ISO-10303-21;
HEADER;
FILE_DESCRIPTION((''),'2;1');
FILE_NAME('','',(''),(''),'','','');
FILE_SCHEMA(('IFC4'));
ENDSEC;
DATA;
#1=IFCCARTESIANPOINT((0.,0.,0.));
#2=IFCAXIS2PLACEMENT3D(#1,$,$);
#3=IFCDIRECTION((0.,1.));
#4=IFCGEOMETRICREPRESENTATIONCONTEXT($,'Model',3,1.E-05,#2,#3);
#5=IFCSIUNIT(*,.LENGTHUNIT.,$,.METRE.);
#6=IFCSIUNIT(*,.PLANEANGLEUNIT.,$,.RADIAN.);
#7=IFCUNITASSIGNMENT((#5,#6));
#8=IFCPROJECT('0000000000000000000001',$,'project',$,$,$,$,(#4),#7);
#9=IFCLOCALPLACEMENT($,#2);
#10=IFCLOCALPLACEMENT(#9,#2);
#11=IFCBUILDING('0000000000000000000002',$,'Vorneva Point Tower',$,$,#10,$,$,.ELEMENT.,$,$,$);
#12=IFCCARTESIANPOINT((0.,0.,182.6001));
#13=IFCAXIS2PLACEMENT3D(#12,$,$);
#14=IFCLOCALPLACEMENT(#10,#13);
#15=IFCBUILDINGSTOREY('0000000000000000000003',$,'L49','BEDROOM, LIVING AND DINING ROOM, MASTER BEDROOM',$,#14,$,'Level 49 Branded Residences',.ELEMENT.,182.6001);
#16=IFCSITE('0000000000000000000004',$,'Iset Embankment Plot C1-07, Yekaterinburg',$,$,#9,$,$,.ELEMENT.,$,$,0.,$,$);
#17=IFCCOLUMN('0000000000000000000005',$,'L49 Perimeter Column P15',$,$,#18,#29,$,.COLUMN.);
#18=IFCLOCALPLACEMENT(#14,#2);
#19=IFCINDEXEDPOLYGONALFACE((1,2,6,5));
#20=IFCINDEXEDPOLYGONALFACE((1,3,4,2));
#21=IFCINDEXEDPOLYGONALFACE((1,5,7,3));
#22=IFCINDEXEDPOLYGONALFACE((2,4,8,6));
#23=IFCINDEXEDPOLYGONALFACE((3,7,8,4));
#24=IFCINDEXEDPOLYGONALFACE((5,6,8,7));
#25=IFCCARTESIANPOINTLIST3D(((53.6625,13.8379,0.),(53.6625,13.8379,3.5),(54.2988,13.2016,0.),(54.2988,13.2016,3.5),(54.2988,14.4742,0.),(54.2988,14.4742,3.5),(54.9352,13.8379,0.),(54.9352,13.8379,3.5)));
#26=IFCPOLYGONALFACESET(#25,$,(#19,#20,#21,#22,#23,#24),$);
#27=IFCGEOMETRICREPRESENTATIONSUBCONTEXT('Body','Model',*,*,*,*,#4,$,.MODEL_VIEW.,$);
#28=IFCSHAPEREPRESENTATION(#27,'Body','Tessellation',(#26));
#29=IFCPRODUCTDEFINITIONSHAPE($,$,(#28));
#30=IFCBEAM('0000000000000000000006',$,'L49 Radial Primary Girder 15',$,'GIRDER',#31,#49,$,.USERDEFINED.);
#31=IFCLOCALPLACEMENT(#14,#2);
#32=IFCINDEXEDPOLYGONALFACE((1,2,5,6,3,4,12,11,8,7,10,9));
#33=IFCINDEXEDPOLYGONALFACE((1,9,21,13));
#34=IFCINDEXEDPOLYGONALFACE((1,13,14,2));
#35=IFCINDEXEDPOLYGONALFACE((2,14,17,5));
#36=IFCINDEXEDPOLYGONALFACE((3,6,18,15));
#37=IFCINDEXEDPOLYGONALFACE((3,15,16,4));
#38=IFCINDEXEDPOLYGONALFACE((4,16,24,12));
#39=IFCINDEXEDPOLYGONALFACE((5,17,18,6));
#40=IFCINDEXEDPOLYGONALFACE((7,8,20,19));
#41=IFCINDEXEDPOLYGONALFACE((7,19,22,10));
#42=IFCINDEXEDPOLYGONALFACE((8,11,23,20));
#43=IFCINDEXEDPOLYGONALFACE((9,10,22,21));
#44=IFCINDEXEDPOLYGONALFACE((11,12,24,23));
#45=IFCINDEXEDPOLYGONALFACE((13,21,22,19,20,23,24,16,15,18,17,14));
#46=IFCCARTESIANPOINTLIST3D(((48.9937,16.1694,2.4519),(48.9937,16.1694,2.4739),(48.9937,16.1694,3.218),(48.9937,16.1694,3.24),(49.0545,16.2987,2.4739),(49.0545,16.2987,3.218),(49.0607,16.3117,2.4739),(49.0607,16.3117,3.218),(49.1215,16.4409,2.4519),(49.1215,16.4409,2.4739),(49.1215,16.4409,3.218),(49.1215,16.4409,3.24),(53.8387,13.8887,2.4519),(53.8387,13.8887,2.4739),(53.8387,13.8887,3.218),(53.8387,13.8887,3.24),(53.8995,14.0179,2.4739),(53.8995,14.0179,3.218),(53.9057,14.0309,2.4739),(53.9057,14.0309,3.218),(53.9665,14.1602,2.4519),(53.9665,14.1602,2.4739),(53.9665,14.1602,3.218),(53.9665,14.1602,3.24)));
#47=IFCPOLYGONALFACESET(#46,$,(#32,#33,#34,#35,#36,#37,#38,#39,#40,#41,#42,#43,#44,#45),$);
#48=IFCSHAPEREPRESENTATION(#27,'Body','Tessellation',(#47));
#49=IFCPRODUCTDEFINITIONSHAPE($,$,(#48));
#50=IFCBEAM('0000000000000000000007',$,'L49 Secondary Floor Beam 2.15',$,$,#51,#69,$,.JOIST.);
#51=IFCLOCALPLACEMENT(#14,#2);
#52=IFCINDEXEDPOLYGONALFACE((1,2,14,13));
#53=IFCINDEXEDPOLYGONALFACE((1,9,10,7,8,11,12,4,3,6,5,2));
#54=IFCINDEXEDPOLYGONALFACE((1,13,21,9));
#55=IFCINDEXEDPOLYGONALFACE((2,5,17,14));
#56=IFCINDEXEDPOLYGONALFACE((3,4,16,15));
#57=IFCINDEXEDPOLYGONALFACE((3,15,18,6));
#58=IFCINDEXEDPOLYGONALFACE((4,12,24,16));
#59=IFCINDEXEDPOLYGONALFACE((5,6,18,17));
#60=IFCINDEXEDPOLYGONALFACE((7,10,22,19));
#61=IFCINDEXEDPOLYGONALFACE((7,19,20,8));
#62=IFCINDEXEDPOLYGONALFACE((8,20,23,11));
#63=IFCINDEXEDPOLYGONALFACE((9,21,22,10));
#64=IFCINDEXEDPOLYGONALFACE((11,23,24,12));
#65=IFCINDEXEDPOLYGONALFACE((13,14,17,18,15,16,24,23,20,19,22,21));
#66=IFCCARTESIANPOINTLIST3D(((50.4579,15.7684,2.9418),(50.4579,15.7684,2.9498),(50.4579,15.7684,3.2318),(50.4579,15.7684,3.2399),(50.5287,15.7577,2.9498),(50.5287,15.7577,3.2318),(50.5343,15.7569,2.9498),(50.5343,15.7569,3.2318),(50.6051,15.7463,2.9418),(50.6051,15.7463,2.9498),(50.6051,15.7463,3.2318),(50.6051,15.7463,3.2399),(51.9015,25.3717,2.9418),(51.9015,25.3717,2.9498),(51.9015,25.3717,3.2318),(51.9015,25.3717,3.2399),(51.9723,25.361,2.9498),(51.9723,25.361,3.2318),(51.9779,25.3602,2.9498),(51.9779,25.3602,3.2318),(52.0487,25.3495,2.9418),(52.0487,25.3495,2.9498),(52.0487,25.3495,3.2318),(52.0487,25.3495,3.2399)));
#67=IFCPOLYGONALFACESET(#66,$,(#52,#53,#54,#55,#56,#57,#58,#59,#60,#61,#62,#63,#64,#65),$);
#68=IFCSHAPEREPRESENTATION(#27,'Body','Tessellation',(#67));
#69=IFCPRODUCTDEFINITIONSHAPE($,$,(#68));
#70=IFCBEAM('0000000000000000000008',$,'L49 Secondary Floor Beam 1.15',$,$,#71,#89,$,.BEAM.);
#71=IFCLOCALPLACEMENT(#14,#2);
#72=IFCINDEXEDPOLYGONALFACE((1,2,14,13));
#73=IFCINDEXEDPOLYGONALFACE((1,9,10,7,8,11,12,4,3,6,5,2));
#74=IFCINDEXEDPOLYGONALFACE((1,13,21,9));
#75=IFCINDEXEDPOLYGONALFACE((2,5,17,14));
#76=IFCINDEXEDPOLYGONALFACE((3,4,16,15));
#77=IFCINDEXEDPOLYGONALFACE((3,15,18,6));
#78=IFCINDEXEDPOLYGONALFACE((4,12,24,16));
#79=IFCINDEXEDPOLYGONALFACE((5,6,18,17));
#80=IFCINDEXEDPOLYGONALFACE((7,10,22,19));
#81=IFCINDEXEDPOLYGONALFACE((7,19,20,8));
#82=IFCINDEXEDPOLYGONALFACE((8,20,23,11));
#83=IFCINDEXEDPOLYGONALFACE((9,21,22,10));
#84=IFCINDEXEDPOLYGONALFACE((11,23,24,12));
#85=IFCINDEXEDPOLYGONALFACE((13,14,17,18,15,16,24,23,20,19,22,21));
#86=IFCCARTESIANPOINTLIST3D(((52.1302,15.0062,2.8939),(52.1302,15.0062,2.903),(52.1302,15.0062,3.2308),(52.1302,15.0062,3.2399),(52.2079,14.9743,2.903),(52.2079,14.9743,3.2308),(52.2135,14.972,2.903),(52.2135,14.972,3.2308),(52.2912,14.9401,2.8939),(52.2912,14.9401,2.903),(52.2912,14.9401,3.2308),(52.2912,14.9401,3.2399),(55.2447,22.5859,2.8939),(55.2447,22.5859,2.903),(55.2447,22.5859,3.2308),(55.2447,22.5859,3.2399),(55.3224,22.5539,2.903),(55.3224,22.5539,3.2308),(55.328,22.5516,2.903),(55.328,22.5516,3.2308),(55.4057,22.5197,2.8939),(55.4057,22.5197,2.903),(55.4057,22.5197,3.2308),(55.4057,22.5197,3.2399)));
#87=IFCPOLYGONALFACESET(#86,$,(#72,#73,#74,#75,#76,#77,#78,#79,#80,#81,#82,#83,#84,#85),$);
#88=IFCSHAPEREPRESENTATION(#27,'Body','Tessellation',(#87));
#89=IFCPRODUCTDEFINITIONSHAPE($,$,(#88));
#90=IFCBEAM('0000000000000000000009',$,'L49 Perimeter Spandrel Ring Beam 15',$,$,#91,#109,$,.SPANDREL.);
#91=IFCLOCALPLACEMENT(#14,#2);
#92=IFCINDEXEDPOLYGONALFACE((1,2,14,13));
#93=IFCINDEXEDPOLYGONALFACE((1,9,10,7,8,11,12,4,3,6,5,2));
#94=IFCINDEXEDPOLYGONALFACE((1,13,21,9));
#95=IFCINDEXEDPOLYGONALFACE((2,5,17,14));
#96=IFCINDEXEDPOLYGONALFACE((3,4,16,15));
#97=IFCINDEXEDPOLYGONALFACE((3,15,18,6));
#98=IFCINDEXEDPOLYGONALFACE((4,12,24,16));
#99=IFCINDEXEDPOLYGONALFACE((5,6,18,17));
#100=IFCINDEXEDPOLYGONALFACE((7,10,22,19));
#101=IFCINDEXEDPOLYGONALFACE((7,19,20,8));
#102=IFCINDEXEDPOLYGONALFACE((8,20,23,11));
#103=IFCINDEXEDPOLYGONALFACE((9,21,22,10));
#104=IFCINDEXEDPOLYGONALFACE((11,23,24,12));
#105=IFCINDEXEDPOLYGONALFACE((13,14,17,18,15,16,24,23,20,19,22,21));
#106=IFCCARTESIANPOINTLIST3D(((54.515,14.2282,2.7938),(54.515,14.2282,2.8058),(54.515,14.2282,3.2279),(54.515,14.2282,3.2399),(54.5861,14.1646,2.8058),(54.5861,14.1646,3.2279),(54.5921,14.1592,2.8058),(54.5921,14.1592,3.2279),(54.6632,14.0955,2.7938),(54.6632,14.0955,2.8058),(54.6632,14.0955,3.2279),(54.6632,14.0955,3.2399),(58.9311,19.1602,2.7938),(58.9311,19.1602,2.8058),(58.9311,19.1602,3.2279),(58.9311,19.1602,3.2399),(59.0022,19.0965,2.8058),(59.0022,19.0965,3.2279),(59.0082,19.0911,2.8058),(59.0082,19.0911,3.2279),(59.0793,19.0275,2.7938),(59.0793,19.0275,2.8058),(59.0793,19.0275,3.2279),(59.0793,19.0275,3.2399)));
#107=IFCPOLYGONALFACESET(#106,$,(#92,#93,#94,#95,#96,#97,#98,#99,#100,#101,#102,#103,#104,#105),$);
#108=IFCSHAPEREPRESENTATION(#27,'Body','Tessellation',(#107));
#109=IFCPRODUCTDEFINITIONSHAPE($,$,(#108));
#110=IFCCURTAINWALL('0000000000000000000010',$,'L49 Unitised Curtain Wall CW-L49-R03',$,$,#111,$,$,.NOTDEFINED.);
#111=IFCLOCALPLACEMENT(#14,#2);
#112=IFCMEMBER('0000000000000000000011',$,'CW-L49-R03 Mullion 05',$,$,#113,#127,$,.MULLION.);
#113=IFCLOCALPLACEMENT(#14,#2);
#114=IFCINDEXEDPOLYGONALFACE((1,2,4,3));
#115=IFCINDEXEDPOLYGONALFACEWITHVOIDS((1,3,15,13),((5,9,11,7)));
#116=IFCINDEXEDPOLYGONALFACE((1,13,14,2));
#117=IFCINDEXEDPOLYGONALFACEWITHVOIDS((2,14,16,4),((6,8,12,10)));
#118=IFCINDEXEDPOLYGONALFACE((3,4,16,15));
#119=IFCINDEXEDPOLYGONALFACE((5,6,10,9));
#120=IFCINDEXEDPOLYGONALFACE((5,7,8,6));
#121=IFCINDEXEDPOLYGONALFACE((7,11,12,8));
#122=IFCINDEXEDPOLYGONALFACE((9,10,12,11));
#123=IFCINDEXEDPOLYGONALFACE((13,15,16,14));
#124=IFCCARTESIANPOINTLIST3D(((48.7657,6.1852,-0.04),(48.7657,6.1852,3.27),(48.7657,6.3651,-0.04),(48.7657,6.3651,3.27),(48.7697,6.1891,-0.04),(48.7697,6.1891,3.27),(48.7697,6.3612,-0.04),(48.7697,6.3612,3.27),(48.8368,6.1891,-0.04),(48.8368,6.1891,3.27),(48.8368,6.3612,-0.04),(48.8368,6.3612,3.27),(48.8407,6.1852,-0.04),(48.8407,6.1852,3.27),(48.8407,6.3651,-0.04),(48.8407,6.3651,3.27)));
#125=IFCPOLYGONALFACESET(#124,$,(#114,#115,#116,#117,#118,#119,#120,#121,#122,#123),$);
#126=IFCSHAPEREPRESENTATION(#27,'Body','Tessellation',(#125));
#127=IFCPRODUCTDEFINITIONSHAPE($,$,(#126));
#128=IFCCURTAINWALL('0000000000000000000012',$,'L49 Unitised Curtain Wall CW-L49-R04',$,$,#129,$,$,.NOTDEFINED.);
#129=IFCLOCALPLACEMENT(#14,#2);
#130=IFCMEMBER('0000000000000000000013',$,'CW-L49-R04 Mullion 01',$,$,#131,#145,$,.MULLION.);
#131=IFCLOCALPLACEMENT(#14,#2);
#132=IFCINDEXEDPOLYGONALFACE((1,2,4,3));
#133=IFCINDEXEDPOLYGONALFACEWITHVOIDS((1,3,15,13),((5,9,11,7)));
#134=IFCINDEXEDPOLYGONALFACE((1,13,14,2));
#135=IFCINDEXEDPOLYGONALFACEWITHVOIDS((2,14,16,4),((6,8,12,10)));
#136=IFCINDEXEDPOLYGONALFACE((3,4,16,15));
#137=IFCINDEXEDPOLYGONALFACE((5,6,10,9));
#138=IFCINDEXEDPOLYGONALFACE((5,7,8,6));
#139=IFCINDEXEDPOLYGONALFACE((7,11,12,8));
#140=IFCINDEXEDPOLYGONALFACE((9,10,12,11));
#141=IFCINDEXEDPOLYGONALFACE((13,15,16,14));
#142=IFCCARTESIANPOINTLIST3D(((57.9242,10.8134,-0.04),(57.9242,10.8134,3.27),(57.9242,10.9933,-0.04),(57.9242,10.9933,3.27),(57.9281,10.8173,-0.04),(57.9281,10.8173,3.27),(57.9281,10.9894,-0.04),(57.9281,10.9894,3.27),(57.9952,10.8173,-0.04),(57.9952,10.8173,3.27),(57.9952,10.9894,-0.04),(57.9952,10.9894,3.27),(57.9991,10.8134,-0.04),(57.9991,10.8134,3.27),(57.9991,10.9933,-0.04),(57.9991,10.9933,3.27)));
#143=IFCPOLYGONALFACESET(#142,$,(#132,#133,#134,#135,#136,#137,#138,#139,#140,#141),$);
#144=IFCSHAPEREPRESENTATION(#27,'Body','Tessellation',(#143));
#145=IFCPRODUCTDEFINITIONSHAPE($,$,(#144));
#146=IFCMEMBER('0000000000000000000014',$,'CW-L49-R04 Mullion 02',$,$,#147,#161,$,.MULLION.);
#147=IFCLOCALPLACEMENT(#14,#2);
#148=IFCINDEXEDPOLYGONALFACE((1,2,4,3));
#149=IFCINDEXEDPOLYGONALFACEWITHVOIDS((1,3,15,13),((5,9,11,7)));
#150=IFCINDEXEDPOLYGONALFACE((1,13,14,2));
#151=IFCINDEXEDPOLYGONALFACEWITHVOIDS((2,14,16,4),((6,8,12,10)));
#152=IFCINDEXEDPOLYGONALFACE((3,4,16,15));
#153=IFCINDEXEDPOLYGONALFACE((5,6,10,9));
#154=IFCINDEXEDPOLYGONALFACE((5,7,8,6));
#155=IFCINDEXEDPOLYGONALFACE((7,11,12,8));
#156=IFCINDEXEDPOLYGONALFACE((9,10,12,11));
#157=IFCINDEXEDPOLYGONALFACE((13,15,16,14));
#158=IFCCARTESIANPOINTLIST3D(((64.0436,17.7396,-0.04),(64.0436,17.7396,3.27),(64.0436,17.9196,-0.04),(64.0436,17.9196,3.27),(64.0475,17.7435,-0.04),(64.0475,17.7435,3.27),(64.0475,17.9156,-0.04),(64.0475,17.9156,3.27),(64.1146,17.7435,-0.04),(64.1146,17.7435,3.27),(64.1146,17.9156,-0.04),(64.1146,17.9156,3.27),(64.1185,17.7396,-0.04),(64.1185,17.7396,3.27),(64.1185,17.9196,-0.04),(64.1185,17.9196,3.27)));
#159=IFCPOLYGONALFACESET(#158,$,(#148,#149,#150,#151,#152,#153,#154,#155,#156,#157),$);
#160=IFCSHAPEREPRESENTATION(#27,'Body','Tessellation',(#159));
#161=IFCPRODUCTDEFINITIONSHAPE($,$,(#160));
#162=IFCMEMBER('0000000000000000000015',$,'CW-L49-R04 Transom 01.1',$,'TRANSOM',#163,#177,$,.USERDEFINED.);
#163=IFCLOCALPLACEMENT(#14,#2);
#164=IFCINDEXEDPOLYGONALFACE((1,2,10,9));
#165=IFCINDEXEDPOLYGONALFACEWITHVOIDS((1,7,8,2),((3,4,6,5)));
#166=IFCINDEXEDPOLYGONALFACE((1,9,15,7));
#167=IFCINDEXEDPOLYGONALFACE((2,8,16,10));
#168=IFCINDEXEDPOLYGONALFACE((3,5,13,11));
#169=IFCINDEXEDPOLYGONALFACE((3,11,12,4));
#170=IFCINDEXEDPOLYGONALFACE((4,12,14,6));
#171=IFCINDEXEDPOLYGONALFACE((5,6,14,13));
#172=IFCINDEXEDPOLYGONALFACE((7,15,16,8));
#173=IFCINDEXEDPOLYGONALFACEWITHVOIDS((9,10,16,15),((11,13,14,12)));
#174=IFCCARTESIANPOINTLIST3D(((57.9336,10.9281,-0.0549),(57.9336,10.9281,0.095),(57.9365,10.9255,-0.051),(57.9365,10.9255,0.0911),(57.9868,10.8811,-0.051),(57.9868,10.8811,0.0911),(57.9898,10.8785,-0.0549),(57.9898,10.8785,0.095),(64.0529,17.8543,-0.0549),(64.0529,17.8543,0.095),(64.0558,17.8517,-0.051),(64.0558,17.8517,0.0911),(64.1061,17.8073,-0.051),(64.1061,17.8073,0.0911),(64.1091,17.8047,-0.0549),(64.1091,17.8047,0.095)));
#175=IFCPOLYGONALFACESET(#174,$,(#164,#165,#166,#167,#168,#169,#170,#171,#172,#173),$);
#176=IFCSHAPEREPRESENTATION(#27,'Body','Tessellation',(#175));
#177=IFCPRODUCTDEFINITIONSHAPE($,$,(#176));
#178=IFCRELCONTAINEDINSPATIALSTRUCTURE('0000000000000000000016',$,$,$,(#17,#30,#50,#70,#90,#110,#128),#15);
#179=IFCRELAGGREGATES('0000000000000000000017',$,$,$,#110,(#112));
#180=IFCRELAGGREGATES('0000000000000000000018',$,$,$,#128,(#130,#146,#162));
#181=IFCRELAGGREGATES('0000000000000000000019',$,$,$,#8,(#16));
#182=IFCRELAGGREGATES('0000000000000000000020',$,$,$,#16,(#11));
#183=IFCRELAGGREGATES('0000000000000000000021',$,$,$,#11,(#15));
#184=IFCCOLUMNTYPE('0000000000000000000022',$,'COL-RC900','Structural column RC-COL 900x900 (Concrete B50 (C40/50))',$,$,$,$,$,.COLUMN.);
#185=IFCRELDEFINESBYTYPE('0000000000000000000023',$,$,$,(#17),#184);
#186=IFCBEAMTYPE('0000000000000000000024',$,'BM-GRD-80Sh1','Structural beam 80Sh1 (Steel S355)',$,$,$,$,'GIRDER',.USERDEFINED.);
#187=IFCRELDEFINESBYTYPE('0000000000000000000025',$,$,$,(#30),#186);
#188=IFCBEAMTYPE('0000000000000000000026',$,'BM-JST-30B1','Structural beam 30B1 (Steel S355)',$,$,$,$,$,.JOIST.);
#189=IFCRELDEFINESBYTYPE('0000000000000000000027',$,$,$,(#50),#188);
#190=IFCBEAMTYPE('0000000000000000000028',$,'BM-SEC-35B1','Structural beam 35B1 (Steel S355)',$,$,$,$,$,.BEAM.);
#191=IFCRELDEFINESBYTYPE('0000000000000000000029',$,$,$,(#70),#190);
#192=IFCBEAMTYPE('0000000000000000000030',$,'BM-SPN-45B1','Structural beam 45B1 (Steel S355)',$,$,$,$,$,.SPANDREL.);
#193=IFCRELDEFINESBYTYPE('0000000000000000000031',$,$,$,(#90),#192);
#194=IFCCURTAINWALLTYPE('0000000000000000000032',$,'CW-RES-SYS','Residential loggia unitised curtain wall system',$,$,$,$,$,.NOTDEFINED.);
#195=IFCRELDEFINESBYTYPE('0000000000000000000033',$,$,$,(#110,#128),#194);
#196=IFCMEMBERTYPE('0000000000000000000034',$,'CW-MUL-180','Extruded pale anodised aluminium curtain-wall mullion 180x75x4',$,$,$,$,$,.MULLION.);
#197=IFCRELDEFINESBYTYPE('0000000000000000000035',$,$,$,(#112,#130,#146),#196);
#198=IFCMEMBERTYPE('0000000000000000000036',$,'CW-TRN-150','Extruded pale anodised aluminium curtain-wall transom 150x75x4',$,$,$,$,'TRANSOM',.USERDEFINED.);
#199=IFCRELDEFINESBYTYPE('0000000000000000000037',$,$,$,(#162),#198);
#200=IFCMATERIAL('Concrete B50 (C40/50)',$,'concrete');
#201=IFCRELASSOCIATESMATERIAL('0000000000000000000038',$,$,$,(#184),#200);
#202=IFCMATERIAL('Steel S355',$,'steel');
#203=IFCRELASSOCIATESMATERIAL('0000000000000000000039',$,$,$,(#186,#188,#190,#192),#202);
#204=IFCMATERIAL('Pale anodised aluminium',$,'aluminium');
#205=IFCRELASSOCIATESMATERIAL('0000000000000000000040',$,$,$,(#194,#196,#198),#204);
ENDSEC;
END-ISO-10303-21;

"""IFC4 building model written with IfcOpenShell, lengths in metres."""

from ifc_helpers import new_model, si_unit, direction, frame, origin, origin_2d, place, context, subcontext, project, spatial, rectangle, hollow_rectangle, i_section, extrude, material, material_profile, profile_set, type_object, element, aggregate, save


model = new_model("IFC4")

# Units and contexts
model_context = context("Model", 3, precision=1e-05, world=origin(), true_north=direction((0.0, 1.0)))
body_context = subcontext(model_context, "Body", "Model", "MODEL_VIEW")
ifc_project = project(units=[si_unit("LENGTHUNIT", "METRE"), si_unit("PLANEANGLEUNIT", "RADIAN")], contexts=[model_context])

# Site, building, storey
site_placement = place(None, origin())
site = spatial("IfcSite", under=ifc_project, at=site_placement, Name="Iset Embankment Plot C1-07, Yekaterinburg", CompositionType="ELEMENT", RefElevation=0.0)
building_placement = place(site_placement, origin())
building = spatial("IfcBuilding", under=site, at=building_placement, Name="Vorneva Point Tower", CompositionType="ELEMENT")
storey_placement = place(building_placement, frame((0.0, 0.0, 182.6001)))
storey = spatial("IfcBuildingStorey", under=building, at=storey_placement, Name="L49", Description="BEDROOM, LIVING AND DINING ROOM, MASTER BEDROOM", LongName="Level 49 Branded Residences", CompositionType="ELEMENT", Elevation=182.6001)

# Column
ifc_material_1 = material(Name="Concrete B50 (C40/50)", Category="concrete")
ifc_material_profile_1 = material_profile(ifc_material_1, rectangle(XDim=0.8999, YDim=0.8999, at=origin_2d()), Name="RC-COL 900x900")
ifc_profile_set_1 = profile_set([ifc_material_profile_1], Name="Concrete B50 (C40/50)")
column_type = type_object("IfcColumnType", Name="COL-RC900", Description="Structural column RC-COL 900x900 (Concrete B50 (C40/50))", PredefinedType="COLUMN", material=ifc_profile_set_1)
column_placement = place(storey_placement, frame((54.2988, 13.8379, 0.0), z_axis=(0.0, 0.0, 1.0), x_axis=(0.707107, -0.707107, 0.0)))
element("IfcColumn", 1, at=column_placement, inside=storey, type_object=column_type, Name="L49 Perimeter Column P15", PredefinedType="COLUMN", context=body_context, shape_type="SweptSolid", body=[
    extrude(rectangle(XDim=0.8999, YDim=0.8999, at=origin_2d()), origin(), (0.0, 0.0, 1.0), 3.5),
])

# Beams
ifc_material_2 = material(Name="Steel S355", Category="steel")
ifc_material_profile_2 = material_profile(ifc_material_2, i_section(OverallWidth=0.3, OverallDepth=0.7881, WebThickness=0.0144, FlangeThickness=0.022, at=origin_2d()), Name="80Sh1")
ifc_profile_set_2 = profile_set([ifc_material_profile_2], Name="Steel S355")
beam_type_1 = type_object("IfcBeamType", Name="BM-GRD-80Sh1", Description="Structural beam 80Sh1 (Steel S355)", ElementType="GIRDER", PredefinedType="USERDEFINED", material=ifc_profile_set_2)
beam_1_placement = place(storey_placement, frame((53.9026, 14.0244, 2.8459), z_axis=(-0.904763, 0.425916, 0.0), x_axis=(-0.425916, -0.904763, 0.0)))
element("IfcBeam", 2, at=beam_1_placement, inside=storey, type_object=beam_type_1, Name="L49 Radial Primary Girder 15", ObjectType="GIRDER", PredefinedType="USERDEFINED", context=body_context, shape_type="SweptSolid", body=[
    extrude(i_section(OverallWidth=0.3, OverallDepth=0.7881, WebThickness=0.0144, FlangeThickness=0.022, at=origin_2d()), origin(), (0.0, 0.0, 1.0), 5.355),
])
ifc_material_profile_3 = material_profile(ifc_material_2, i_section(OverallWidth=0.1489, OverallDepth=0.2981, WebThickness=0.0056, FlangeThickness=0.0081, at=origin_2d()), Name="30B1")
ifc_profile_set_3 = profile_set([ifc_material_profile_3], Name="Steel S355")
beam_type_2 = type_object("IfcBeamType", Name="BM-JST-30B1", Description="Structural beam 30B1 (Steel S355)", PredefinedType="JOIST", material=ifc_profile_set_3)
beam_2_placement = place(storey_placement, frame((50.5315, 15.7573, 3.0908), z_axis=(0.148654, 0.988889, 0.0), x_axis=(-0.988889, 0.148654, 0.0)))
element("IfcBeam", 3, at=beam_2_placement, inside=storey, type_object=beam_type_2, Name="L49 Secondary Floor Beam 2.15", PredefinedType="JOIST", context=body_context, shape_type="SweptSolid", body=[
    extrude(i_section(OverallWidth=0.1489, OverallDepth=0.2981, WebThickness=0.0056, FlangeThickness=0.0081, at=origin_2d()), origin(), (0.0, 0.0, 1.0), 9.7112),
])
ifc_material_profile_4 = material_profile(ifc_material_2, i_section(OverallWidth=0.1741, OverallDepth=0.3459, WebThickness=0.0061, FlangeThickness=0.009, at=origin_2d()), Name="35B1")
ifc_profile_set_4 = profile_set([ifc_material_profile_4], Name="Steel S355")
beam_type_3 = type_object("IfcBeamType", Name="BM-SEC-35B1", Description="Structural beam 35B1 (Steel S355)", PredefinedType="BEAM", material=ifc_profile_set_4)
beam_3_placement = place(storey_placement, frame((52.2107, 14.9731, 3.0669), z_axis=(0.380071, 0.924957, 0.0), x_axis=(-0.924957, 0.380071, 0.0)))
element("IfcBeam", 4, at=beam_3_placement, inside=storey, type_object=beam_type_3, Name="L49 Secondary Floor Beam 1.15", PredefinedType="BEAM", context=body_context, shape_type="SweptSolid", body=[
    extrude(i_section(OverallWidth=0.1741, OverallDepth=0.3459, WebThickness=0.0061, FlangeThickness=0.009, at=origin_2d()), origin(), (0.0, 0.0, 1.0), 8.1946),
])
ifc_material_profile_5 = material_profile(ifc_material_2, i_section(OverallWidth=0.199, OverallDepth=0.446, WebThickness=0.0081, FlangeThickness=0.012, at=origin_2d()), Name="45B1")
ifc_profile_set_5 = profile_set([ifc_material_profile_5], Name="Steel S355")
beam_type_4 = type_object("IfcBeamType", Name="BM-SPN-45B1", Description="Structural beam 45B1 (Steel S355)", PredefinedType="SPANDREL", material=ifc_profile_set_5)
beam_4_placement = place(storey_placement, frame((54.5891, 14.1619, 3.0168), z_axis=(0.66707, 0.744995, 0.0), x_axis=(-0.744995, 0.66707, 0.0)))
element("IfcBeam", 5, at=beam_4_placement, inside=storey, type_object=beam_type_4, Name="L49 Perimeter Spandrel Ring Beam 15", PredefinedType="SPANDREL", context=body_context, shape_type="SweptSolid", body=[
    extrude(i_section(OverallWidth=0.199, OverallDepth=0.446, WebThickness=0.0081, FlangeThickness=0.012, at=origin_2d()), origin(), (0.0, 0.0, 1.0), 6.6201),
])

# Curtain wall, member
ifc_material_3 = material(Name="Pale anodised aluminium", Category="aluminium")
curtain_wall_type = type_object("IfcCurtainWallType", Name="CW-RES-SYS", Description="Residential loggia unitised curtain wall system", PredefinedType="NOTDEFINED", material=ifc_material_3)
curtain_wall_1_placement = place(storey_placement, origin())
curtain_wall_1 = element("IfcCurtainWall", 6, at=curtain_wall_1_placement, inside=storey, type_object=curtain_wall_type, Name="L49 Unitised Curtain Wall CW-L49-R03", PredefinedType="NOTDEFINED")
ifc_material_profile_6 = material_profile(ifc_material_3, hollow_rectangle(XDim=0.075, YDim=0.1799, WallThickness=0.0039, at=origin_2d()), Name="AL-MUL 180x75x4")
ifc_profile_set_6 = profile_set([ifc_material_profile_6], Name="Pale anodised aluminium")
member_type_1 = type_object("IfcMemberType", Name="CW-MUL-180", Description="Extruded pale anodised aluminium curtain-wall mullion 180x75x4", PredefinedType="MULLION", material=ifc_profile_set_6)
member_1_placement = place(storey_placement, frame((48.8032, 6.2751, -0.04), z_axis=(0.0, 0.0, 1.0), x_axis=(1.0, 0.0, 0.0)))
member_1 = element("IfcMember", 7, at=member_1_placement, type_object=member_type_1, Name="CW-L49-R03 Mullion 05", PredefinedType="MULLION", context=body_context, shape_type="SweptSolid", body=[
    extrude(hollow_rectangle(XDim=0.075, YDim=0.1799, WallThickness=0.0039, at=origin_2d()), origin(), (0.0, 0.0, 1.0), 3.3101),
])
aggregate(curtain_wall_1, [member_1])

# Curtain wall, members
curtain_wall_2_placement = place(storey_placement, origin())
curtain_wall_2 = element("IfcCurtainWall", 8, at=curtain_wall_2_placement, inside=storey, type_object=curtain_wall_type, Name="L49 Unitised Curtain Wall CW-L49-R04", PredefinedType="NOTDEFINED")
member_2_placement = place(storey_placement, frame((57.9617, 10.9033, -0.04), z_axis=(0.0, 0.0, 1.0), x_axis=(1.0, 0.0, 0.0)))
member_2 = element("IfcMember", 9, at=member_2_placement, type_object=member_type_1, Name="CW-L49-R04 Mullion 01", PredefinedType="MULLION", context=body_context, shape_type="SweptSolid", body=[
    extrude(hollow_rectangle(XDim=0.075, YDim=0.1799, WallThickness=0.0039, at=origin_2d()), origin(), (0.0, 0.0, 1.0), 3.3101),
])
member_3_placement = place(storey_placement, frame((64.0811, 17.8296, -0.04), z_axis=(0.0, 0.0, 1.0), x_axis=(1.0, 0.0, 0.0)))
member_3 = element("IfcMember", 10, at=member_3_placement, type_object=member_type_1, Name="CW-L49-R04 Mullion 02", PredefinedType="MULLION", context=body_context, shape_type="SweptSolid", body=[
    extrude(hollow_rectangle(XDim=0.075, YDim=0.1799, WallThickness=0.0039, at=origin_2d()), origin(), (0.0, 0.0, 1.0), 3.3101),
])
ifc_material_profile_7 = material_profile(ifc_material_3, hollow_rectangle(XDim=0.075, YDim=0.1499, WallThickness=0.0039, at=origin_2d()), Name="AL-TRN 150x75x4")
ifc_profile_set_7 = profile_set([ifc_material_profile_7], Name="Pale anodised aluminium")
member_type_2 = type_object("IfcMemberType", Name="CW-TRN-150", Description="Extruded pale anodised aluminium curtain-wall transom 150x75x4", ElementType="TRANSOM", PredefinedType="USERDEFINED", material=ifc_profile_set_7)
member_4_placement = place(storey_placement, frame((57.9617, 10.9033, 0.02), z_axis=(0.662106, 0.74941, 0.0), x_axis=(-0.74941, 0.662106, 0.0)))
member_4 = element("IfcMember", 11, at=member_4_placement, type_object=member_type_2, Name="CW-L49-R04 Transom 01.1", ObjectType="TRANSOM", PredefinedType="USERDEFINED", context=body_context, shape_type="SweptSolid", body=[
    extrude(hollow_rectangle(XDim=0.075, YDim=0.1499, WallThickness=0.0039, at=origin_2d()), origin(), (0.0, 0.0, 1.0), 9.2422),
])
aggregate(curtain_wall_2, [member_2, member_3, member_4])

save(model, "model.ifc")
